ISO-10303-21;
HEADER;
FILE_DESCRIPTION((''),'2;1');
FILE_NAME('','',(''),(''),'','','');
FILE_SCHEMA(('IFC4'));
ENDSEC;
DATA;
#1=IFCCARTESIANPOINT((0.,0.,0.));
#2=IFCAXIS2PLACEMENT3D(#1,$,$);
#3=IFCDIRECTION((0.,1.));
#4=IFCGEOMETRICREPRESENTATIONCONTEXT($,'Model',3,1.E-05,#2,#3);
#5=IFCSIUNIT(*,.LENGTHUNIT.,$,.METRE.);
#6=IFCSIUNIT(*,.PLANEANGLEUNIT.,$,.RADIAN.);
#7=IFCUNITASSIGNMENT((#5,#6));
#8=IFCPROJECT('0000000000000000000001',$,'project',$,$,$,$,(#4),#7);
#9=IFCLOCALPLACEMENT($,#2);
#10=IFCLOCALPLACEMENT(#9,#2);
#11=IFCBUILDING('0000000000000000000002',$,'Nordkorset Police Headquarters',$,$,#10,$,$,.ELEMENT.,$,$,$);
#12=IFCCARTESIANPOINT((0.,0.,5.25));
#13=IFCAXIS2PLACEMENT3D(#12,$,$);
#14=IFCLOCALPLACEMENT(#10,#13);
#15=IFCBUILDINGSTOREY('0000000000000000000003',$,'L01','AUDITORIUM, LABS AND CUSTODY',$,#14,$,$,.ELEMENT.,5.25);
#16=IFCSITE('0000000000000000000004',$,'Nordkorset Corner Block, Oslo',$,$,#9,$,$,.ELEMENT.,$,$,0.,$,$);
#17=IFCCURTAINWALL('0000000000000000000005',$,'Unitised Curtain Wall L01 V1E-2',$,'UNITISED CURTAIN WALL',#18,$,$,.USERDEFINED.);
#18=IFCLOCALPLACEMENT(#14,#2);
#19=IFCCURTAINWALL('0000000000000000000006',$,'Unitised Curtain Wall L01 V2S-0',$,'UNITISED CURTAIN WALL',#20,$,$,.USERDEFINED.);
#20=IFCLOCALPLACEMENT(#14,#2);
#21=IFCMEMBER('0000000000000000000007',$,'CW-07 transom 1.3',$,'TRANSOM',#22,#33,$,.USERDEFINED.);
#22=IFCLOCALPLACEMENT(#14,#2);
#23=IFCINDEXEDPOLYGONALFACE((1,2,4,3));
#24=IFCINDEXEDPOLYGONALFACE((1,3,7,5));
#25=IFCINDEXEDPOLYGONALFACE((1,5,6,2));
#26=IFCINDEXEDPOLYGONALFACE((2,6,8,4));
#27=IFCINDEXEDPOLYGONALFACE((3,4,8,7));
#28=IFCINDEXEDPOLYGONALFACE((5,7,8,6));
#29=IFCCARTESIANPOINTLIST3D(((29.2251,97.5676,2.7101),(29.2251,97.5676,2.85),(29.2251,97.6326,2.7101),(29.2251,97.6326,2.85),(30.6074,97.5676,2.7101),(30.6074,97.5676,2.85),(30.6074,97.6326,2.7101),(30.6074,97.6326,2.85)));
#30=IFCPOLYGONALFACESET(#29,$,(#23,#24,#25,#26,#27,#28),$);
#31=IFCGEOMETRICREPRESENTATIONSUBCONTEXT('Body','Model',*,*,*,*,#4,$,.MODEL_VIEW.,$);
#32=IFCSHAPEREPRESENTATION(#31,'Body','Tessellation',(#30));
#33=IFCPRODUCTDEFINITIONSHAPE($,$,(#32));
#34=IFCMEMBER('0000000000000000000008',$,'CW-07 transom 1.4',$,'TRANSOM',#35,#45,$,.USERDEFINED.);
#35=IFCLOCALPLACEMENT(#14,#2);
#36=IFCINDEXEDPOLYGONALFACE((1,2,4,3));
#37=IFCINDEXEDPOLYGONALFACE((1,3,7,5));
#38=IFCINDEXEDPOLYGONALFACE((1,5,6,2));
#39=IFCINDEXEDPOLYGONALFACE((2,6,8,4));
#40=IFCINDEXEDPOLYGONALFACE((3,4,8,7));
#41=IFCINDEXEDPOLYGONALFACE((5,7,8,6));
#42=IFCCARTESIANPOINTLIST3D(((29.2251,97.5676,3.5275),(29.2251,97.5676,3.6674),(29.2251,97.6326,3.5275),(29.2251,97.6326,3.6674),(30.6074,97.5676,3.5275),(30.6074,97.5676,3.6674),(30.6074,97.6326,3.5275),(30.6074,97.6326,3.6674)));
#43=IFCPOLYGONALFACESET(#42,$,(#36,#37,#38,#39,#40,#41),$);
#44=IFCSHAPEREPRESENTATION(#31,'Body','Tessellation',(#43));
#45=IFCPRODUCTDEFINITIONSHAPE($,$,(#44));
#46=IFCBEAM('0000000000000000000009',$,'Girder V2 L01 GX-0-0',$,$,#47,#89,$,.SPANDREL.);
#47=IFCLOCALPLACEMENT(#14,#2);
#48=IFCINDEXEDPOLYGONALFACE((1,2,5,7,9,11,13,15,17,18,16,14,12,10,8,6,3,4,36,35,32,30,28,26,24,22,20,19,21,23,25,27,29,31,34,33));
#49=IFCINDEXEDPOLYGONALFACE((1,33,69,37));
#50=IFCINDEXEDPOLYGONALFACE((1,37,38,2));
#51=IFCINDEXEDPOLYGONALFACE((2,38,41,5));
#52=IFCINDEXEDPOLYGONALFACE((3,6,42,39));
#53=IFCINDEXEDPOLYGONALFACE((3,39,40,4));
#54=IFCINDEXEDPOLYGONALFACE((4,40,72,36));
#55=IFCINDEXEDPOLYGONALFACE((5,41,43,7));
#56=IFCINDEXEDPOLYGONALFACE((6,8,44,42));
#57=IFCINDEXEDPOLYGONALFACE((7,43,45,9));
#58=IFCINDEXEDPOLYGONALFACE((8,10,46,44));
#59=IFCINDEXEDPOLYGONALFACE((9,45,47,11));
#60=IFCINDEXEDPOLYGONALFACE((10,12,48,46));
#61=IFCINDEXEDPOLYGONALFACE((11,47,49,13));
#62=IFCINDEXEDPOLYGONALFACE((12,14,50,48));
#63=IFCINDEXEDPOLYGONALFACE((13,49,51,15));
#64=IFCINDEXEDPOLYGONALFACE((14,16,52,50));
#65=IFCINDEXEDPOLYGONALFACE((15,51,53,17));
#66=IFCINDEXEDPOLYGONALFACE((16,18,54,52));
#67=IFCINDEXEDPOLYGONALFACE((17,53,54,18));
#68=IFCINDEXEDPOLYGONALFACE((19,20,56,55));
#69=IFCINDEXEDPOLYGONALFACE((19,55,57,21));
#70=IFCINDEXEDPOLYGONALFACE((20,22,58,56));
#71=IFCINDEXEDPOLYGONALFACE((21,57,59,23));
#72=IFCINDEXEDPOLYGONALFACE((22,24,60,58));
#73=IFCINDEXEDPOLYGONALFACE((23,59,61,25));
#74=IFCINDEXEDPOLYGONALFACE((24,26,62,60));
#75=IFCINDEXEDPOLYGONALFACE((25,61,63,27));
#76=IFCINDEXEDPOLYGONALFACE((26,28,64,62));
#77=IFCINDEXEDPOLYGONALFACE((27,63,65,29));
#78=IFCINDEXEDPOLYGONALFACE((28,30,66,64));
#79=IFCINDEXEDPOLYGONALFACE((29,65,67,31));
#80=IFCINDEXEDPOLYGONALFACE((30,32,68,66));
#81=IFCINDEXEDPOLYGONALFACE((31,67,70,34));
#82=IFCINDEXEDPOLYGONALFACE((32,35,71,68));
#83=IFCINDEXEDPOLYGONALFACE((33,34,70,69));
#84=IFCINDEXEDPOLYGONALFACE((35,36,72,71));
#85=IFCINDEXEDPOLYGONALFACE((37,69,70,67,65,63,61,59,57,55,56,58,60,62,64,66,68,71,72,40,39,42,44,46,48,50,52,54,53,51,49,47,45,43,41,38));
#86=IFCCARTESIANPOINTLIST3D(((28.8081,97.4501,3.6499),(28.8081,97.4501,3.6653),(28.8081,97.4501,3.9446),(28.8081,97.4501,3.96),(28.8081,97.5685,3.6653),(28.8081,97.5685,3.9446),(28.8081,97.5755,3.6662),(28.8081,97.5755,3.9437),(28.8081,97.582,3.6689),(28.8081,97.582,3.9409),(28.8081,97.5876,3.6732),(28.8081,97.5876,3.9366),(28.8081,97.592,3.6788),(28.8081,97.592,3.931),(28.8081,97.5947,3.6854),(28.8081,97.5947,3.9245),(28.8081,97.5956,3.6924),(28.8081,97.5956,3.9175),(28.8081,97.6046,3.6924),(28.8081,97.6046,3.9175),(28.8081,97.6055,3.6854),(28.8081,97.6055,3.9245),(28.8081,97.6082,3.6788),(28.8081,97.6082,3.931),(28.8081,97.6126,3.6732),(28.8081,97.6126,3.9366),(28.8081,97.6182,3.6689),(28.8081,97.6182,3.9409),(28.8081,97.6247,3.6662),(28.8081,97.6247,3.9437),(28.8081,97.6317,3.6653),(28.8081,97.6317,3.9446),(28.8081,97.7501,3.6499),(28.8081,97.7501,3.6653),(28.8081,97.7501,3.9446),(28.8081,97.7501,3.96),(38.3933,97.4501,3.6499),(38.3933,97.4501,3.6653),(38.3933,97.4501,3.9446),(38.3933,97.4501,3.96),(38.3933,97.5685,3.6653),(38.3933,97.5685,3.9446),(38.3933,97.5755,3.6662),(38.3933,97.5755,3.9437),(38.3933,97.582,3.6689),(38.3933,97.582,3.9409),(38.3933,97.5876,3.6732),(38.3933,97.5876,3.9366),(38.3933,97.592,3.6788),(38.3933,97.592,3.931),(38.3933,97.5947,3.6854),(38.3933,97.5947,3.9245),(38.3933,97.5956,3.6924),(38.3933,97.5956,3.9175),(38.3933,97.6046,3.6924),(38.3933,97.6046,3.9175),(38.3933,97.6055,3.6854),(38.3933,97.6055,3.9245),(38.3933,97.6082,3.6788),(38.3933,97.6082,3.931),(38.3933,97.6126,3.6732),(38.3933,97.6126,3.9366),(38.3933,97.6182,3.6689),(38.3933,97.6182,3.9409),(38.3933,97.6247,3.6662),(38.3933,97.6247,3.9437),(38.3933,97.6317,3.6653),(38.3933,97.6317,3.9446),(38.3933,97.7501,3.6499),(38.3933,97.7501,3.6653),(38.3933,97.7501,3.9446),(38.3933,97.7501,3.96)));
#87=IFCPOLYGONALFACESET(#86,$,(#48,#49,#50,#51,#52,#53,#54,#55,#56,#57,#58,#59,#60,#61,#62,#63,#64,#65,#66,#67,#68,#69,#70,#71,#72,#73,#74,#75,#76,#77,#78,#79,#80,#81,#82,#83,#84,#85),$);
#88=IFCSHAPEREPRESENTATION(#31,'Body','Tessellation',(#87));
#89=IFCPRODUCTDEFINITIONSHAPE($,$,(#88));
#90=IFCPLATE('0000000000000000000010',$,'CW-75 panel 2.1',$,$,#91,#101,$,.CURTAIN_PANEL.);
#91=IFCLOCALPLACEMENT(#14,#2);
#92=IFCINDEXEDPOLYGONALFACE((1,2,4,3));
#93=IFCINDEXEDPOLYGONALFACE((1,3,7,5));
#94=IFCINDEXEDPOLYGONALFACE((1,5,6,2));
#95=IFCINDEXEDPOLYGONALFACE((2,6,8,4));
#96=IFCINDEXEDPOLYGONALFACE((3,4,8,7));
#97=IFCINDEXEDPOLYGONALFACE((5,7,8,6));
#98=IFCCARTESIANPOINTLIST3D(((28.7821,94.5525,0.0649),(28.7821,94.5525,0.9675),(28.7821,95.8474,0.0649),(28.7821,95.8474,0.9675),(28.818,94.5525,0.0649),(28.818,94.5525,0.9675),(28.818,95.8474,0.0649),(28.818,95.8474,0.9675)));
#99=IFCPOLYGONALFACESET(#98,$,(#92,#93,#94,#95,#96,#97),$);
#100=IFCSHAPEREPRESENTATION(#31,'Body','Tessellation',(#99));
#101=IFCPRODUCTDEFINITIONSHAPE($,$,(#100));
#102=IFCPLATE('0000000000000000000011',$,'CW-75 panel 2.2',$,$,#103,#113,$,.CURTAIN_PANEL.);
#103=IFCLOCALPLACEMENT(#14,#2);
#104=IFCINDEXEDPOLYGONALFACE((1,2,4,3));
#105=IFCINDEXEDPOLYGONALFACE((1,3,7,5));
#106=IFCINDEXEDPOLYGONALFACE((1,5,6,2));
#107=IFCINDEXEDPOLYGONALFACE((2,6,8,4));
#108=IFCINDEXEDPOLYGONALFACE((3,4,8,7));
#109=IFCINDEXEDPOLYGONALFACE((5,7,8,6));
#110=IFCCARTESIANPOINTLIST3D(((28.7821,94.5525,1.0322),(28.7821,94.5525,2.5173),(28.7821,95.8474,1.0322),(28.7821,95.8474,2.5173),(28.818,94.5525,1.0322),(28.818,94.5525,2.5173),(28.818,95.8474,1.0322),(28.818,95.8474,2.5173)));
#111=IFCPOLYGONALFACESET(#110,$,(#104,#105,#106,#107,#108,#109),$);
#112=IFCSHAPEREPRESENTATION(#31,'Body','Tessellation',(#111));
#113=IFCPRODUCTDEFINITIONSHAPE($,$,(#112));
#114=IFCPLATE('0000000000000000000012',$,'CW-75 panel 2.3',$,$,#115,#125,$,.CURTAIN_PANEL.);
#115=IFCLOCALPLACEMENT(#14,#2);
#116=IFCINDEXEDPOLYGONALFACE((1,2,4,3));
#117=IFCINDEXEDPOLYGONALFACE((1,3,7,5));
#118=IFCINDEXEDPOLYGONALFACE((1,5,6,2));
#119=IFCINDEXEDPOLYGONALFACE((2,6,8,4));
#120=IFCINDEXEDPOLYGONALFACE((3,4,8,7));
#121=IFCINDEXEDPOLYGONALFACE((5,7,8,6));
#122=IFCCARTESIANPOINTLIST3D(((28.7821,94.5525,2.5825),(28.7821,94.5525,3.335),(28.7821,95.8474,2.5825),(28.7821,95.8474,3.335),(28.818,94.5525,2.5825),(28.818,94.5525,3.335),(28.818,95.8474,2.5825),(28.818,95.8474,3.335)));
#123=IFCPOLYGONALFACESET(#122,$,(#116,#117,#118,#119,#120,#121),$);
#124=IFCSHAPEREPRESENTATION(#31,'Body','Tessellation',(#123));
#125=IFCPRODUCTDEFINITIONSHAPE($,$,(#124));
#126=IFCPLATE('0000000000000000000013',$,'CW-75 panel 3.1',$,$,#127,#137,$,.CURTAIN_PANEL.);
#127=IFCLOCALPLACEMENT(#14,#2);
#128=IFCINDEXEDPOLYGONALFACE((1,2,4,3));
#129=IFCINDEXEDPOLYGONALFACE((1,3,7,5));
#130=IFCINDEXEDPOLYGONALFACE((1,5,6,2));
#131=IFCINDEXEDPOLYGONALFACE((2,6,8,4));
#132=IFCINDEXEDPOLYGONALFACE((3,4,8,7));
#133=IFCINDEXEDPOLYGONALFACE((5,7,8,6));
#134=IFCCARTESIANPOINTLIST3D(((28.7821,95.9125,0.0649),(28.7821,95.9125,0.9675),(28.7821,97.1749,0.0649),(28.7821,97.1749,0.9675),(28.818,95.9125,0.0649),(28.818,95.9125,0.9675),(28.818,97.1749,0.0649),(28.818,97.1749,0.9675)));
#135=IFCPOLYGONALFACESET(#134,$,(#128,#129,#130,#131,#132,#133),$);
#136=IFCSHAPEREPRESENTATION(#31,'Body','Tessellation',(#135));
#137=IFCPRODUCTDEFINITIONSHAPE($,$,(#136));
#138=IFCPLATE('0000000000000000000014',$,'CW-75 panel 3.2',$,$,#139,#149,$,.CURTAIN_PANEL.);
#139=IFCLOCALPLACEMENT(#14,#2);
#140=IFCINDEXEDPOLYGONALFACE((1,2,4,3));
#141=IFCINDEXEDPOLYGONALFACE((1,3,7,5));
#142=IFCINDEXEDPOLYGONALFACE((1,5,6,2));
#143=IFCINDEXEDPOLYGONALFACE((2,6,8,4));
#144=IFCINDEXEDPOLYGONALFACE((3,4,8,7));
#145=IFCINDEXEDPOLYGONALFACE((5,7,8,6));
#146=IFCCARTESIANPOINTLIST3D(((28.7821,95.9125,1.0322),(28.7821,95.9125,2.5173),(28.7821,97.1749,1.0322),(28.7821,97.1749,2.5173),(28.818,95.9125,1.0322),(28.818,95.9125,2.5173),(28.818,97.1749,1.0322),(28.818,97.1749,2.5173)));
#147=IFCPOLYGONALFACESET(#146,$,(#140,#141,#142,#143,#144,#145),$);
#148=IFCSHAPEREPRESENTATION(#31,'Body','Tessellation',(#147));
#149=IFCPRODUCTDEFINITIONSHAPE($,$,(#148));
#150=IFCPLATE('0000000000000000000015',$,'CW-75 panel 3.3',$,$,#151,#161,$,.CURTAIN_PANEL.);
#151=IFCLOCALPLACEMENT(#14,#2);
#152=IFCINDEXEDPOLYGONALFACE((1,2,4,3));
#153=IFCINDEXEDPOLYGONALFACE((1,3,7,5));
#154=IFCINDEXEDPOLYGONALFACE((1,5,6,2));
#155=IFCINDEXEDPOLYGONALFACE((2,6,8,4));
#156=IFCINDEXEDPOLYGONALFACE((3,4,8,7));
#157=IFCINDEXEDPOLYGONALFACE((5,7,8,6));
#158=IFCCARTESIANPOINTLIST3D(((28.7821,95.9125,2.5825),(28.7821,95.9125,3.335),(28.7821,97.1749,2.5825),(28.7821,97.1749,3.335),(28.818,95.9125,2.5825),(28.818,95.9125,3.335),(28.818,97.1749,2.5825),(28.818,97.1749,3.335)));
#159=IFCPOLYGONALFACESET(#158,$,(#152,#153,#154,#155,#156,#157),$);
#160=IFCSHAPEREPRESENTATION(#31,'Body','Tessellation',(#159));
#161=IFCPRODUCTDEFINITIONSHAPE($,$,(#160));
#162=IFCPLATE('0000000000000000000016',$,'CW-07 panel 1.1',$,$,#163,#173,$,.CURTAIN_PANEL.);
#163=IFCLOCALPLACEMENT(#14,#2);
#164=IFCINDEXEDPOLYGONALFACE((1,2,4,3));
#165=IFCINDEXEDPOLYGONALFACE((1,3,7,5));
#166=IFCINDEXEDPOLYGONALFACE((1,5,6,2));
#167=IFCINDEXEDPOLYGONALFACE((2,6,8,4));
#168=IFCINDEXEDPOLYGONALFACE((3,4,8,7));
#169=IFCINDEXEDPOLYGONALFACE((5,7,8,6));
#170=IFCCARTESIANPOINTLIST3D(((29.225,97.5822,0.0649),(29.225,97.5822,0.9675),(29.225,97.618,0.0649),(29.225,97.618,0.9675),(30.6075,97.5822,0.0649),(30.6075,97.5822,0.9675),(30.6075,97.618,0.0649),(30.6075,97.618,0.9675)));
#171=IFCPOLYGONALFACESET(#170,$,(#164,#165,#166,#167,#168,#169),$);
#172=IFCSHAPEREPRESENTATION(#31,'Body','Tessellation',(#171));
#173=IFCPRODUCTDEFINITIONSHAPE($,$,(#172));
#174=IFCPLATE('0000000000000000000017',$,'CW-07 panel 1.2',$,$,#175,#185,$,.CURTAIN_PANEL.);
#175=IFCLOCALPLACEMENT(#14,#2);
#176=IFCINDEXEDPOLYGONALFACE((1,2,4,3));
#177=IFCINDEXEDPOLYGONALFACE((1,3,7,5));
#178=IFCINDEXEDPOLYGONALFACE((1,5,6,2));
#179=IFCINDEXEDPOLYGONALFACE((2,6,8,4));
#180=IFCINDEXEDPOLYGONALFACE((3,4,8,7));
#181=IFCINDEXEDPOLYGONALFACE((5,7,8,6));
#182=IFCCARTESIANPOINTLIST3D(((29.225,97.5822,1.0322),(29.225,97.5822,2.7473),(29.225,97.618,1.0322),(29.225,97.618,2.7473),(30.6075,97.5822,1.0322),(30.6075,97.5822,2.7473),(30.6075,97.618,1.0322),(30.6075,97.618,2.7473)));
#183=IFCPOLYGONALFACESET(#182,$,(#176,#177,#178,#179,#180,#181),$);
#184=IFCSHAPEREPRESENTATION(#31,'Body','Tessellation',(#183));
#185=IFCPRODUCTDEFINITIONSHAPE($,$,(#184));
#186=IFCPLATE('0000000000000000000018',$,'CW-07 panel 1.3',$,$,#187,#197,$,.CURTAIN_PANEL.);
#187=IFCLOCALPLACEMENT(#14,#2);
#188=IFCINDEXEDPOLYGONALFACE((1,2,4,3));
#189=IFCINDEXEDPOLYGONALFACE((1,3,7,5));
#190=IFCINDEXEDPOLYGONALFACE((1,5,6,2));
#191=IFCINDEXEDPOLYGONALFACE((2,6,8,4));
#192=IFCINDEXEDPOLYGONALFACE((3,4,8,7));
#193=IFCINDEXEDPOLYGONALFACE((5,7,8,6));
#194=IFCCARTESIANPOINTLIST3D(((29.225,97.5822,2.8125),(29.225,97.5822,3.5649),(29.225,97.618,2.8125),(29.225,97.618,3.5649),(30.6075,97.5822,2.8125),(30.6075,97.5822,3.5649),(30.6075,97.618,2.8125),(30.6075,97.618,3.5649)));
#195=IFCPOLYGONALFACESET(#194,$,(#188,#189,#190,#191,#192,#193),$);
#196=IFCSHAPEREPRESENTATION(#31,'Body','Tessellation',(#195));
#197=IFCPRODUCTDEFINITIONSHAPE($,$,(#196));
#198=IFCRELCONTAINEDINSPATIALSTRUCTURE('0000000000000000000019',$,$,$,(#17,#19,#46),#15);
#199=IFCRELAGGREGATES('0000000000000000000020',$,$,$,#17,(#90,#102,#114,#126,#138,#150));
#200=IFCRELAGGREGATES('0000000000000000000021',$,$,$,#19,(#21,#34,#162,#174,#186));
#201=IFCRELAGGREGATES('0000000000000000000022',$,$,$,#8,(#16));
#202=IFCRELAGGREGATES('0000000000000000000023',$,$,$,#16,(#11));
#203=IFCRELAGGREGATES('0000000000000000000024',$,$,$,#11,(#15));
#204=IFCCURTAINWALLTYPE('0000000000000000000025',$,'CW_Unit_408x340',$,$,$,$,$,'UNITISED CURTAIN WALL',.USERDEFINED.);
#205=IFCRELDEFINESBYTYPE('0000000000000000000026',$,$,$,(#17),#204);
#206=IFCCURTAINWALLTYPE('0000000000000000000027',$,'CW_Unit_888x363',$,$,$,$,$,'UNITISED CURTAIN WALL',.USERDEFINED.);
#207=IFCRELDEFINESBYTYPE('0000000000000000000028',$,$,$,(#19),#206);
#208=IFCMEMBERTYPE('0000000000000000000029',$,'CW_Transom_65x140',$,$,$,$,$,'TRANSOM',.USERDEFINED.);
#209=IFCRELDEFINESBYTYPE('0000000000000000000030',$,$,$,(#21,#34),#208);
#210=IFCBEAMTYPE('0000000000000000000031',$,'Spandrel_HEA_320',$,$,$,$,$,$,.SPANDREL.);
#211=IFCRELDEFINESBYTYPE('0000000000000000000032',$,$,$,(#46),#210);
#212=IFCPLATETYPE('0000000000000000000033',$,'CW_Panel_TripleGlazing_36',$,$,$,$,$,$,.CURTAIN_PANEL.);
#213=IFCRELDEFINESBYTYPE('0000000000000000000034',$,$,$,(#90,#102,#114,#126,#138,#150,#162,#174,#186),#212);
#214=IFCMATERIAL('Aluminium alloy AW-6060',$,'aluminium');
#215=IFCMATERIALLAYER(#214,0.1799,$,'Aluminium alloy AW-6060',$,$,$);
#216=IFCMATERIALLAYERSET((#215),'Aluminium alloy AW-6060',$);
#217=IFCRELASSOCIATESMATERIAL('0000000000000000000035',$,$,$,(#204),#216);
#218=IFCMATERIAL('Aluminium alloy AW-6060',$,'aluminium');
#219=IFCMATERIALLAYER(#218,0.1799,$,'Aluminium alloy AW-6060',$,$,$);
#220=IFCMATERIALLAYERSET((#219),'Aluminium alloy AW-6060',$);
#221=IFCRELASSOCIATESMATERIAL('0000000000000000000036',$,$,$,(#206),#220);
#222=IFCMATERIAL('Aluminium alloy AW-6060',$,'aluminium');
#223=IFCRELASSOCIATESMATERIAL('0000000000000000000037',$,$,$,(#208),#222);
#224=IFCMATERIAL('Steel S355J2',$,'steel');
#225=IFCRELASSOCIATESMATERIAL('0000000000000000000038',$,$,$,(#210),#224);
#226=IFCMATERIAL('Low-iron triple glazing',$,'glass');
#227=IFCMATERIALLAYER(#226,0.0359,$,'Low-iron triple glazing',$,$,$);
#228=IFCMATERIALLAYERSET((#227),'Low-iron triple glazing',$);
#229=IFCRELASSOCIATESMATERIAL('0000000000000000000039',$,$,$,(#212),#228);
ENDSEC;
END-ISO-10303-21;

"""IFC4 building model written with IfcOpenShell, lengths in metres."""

from ifc_helpers import new_model, si_unit, direction, frame, origin, origin_2d, place, context, subcontext, project, spatial, rectangle, i_section, extrude, material, layer, layer_set, material_profile, profile_set, type_object, element, aggregate, save


model = new_model("IFC4")

# Units and contexts
model_context = context("Model", 3, precision=1e-05, world=origin(), true_north=direction((0.0, 1.0)))
body_context = subcontext(model_context, "Body", "Model", "MODEL_VIEW")
ifc_project = project(units=[si_unit("LENGTHUNIT", "METRE"), si_unit("PLANEANGLEUNIT", "RADIAN")], contexts=[model_context])

# Site, building, storey
site_placement = place(None, origin())
site = spatial("IfcSite", under=ifc_project, at=site_placement, Name="Nordkorset Corner Block, Oslo", CompositionType="ELEMENT", RefElevation=0.0)
building_placement = place(site_placement, origin())
building = spatial("IfcBuilding", under=site, at=building_placement, Name="Nordkorset Police Headquarters", CompositionType="ELEMENT")
storey_placement = place(building_placement, frame((0.0, 0.0, 5.25)))
storey = spatial("IfcBuildingStorey", under=building, at=storey_placement, Name="L01", Description="AUDITORIUM, LABS AND CUSTODY", CompositionType="ELEMENT", Elevation=5.25)

# Curtain walls
ifc_material_1 = material(Name="Aluminium alloy AW-6060", Category="aluminium")
ifc_layer_1 = layer(ifc_material_1, 0.1799, Name="Aluminium alloy AW-6060")
ifc_layer_set_1 = layer_set([ifc_layer_1], Name="Aluminium alloy AW-6060")
curtain_wall_type_1 = type_object("IfcCurtainWallType", Name="CW_Unit_408x340", ElementType="UNITISED CURTAIN WALL", PredefinedType="USERDEFINED", material=ifc_layer_set_1)
curtain_wall_1_placement = place(storey_placement, origin())
curtain_wall_1 = element("IfcCurtainWall", 1, at=curtain_wall_1_placement, inside=storey, type_object=curtain_wall_type_1, Name="Unitised Curtain Wall L01 V1E-2", ObjectType="UNITISED CURTAIN WALL", PredefinedType="USERDEFINED")
ifc_material_2 = material(Name="Aluminium alloy AW-6060", Category="aluminium")
ifc_layer_2 = layer(ifc_material_2, 0.1799, Name="Aluminium alloy AW-6060")
ifc_layer_set_2 = layer_set([ifc_layer_2], Name="Aluminium alloy AW-6060")
curtain_wall_type_2 = type_object("IfcCurtainWallType", Name="CW_Unit_888x363", ElementType="UNITISED CURTAIN WALL", PredefinedType="USERDEFINED", material=ifc_layer_set_2)
curtain_wall_2_placement = place(storey_placement, origin())
curtain_wall_2 = element("IfcCurtainWall", 2, at=curtain_wall_2_placement, inside=storey, type_object=curtain_wall_type_2, Name="Unitised Curtain Wall L01 V2S-0", ObjectType="UNITISED CURTAIN WALL", PredefinedType="USERDEFINED")

# Members
ifc_material_3 = material(Name="Aluminium alloy AW-6060", Category="aluminium")
ifc_material_profile_1 = material_profile(ifc_material_3, rectangle(XDim=0.0649, YDim=0.1399, at=origin_2d()), Name="ALU TRAN 65x140")
ifc_profile_set_1 = profile_set([ifc_material_profile_1], Name="Aluminium alloy AW-6060")
member_type_1 = type_object("IfcMemberType", Name="CW_Transom_65x140", ElementType="TRANSOM", PredefinedType="USERDEFINED", material=ifc_profile_set_1)
member_1_placement = place(storey_placement, frame((29.2251, 97.6001, 2.78), z_axis=(1.0, 0.0, 0.0), x_axis=(0.0, 1.0, 0.0)))
member_1 = element("IfcMember", 3, at=member_1_placement, type_object=member_type_1, Name="CW-07 transom 1.3", ObjectType="TRANSOM", PredefinedType="USERDEFINED", context=body_context, shape_type="SweptSolid", body=[
    extrude(rectangle(XDim=0.0649, YDim=0.1399, at=origin_2d()), origin(), (0.0, 0.0, 1.0), 1.3823),
])
member_2_placement = place(storey_placement, frame((29.2251, 97.6001, 3.5974), z_axis=(1.0, 0.0, 0.0), x_axis=(0.0, 1.0, 0.0)))
member_2 = element("IfcMember", 4, at=member_2_placement, type_object=member_type_1, Name="CW-07 transom 1.4", ObjectType="TRANSOM", PredefinedType="USERDEFINED", context=body_context, shape_type="SweptSolid", body=[
    extrude(rectangle(XDim=0.0649, YDim=0.1399, at=origin_2d()), origin(), (0.0, 0.0, 1.0), 1.3823),
])

# Beam
ifc_material_4 = material(Name="Steel S355J2", Category="steel")
ifc_material_profile_2 = material_profile(ifc_material_4, i_section(OverallWidth=0.3, OverallDepth=0.3101, WebThickness=0.009, FlangeThickness=0.0154, FilletRadius=0.0271, at=origin_2d()), Name="HEA 320")
ifc_profile_set_2 = profile_set([ifc_material_profile_2], Name="Steel S355J2")
beam_type = type_object("IfcBeamType", Name="Spandrel_HEA_320", PredefinedType="SPANDREL", material=ifc_profile_set_2)
beam_placement = place(storey_placement, frame((28.8081, 97.6001, 3.8049), z_axis=(1.0, 0.0, 0.0), x_axis=(0.0, 1.0, 0.0)))
element("IfcBeam", 5, at=beam_placement, inside=storey, type_object=beam_type, Name="Girder V2 L01 GX-0-0", PredefinedType="SPANDREL", context=body_context, shape_type="SweptSolid", body=[
    extrude(i_section(OverallWidth=0.3, OverallDepth=0.3101, WebThickness=0.009, FlangeThickness=0.0154, FilletRadius=0.0271, at=origin_2d()), origin(), (0.0, 0.0, 1.0), 9.5852),
])

# Plates
ifc_material_5 = material(Name="Low-iron triple glazing", Category="glass")
ifc_layer_3 = layer(ifc_material_5, 0.0359, Name="Low-iron triple glazing")
ifc_layer_set_3 = layer_set([ifc_layer_3], Name="Low-iron triple glazing")
plate_type = type_object("IfcPlateType", Name="CW_Panel_TripleGlazing_36", PredefinedType="CURTAIN_PANEL", material=ifc_layer_set_3)
plate_1_placement = place(storey_placement, frame((28.8, 95.2, 0.0649), z_axis=(0.0, 0.0, 1.0), x_axis=(0.0, 1.0, 0.0)))
plate_1 = element("IfcPlate", 6, at=plate_1_placement, type_object=plate_type, Name="CW-75 panel 2.1", PredefinedType="CURTAIN_PANEL", context=body_context, shape_type="SweptSolid", body=[
    extrude(rectangle(XDim=1.2949, YDim=0.0359, at=origin_2d()), origin(), (0.0, 0.0, 1.0), 0.9026),
])
plate_2_placement = place(storey_placement, frame((28.8, 95.2, 1.0322), z_axis=(0.0, 0.0, 1.0), x_axis=(0.0, 1.0, 0.0)))
plate_2 = element("IfcPlate", 7, at=plate_2_placement, type_object=plate_type, Name="CW-75 panel 2.2", PredefinedType="CURTAIN_PANEL", context=body_context, shape_type="SweptSolid", body=[
    extrude(rectangle(XDim=1.2949, YDim=0.0359, at=origin_2d()), origin(), (0.0, 0.0, 1.0), 1.4851),
])
plate_3_placement = place(storey_placement, frame((28.8, 95.2, 2.5825), z_axis=(0.0, 0.0, 1.0), x_axis=(0.0, 1.0, 0.0)))
plate_3 = element("IfcPlate", 8, at=plate_3_placement, type_object=plate_type, Name="CW-75 panel 2.3", PredefinedType="CURTAIN_PANEL", context=body_context, shape_type="SweptSolid", body=[
    extrude(rectangle(XDim=1.2949, YDim=0.0359, at=origin_2d()), origin(), (0.0, 0.0, 1.0), 0.7524),
])
plate_4_placement = place(storey_placement, frame((28.8, 96.5437, 0.0649), z_axis=(0.0, 0.0, 1.0), x_axis=(0.0, 1.0, 0.0)))
plate_4 = element("IfcPlate", 9, at=plate_4_placement, type_object=plate_type, Name="CW-75 panel 3.1", PredefinedType="CURTAIN_PANEL", context=body_context, shape_type="SweptSolid", body=[
    extrude(rectangle(XDim=1.2625, YDim=0.0359, at=origin_2d()), origin(), (0.0, 0.0, 1.0), 0.9026),
])
plate_5_placement = place(storey_placement, frame((28.8, 96.5437, 1.0322), z_axis=(0.0, 0.0, 1.0), x_axis=(0.0, 1.0, 0.0)))
plate_5 = element("IfcPlate", 10, at=plate_5_placement, type_object=plate_type, Name="CW-75 panel 3.2", PredefinedType="CURTAIN_PANEL", context=body_context, shape_type="SweptSolid", body=[
    extrude(rectangle(XDim=1.2625, YDim=0.0359, at=origin_2d()), origin(), (0.0, 0.0, 1.0), 1.4851),
])
plate_6_placement = place(storey_placement, frame((28.8, 96.5437, 2.5825), z_axis=(0.0, 0.0, 1.0), x_axis=(0.0, 1.0, 0.0)))
plate_6 = element("IfcPlate", 11, at=plate_6_placement, type_object=plate_type, Name="CW-75 panel 3.3", PredefinedType="CURTAIN_PANEL", context=body_context, shape_type="SweptSolid", body=[
    extrude(rectangle(XDim=1.2625, YDim=0.0359, at=origin_2d()), origin(), (0.0, 0.0, 1.0), 0.7524),
])
aggregate(curtain_wall_1, [plate_1, plate_2, plate_3, plate_4, plate_5, plate_6])
plate_7_placement = place(storey_placement, frame((29.9163, 97.6001, 0.0649), z_axis=(0.0, 0.0, 1.0), x_axis=(1.0, 0.0, 0.0)))
plate_7 = element("IfcPlate", 12, at=plate_7_placement, type_object=plate_type, Name="CW-07 panel 1.1", PredefinedType="CURTAIN_PANEL", context=body_context, shape_type="SweptSolid", body=[
    extrude(rectangle(XDim=1.3826, YDim=0.0359, at=origin_2d()), origin(), (0.0, 0.0, 1.0), 0.9026),
])
plate_8_placement = place(storey_placement, frame((29.9163, 97.6001, 1.0322), z_axis=(0.0, 0.0, 1.0), x_axis=(1.0, 0.0, 0.0)))
plate_8 = element("IfcPlate", 13, at=plate_8_placement, type_object=plate_type, Name="CW-07 panel 1.2", PredefinedType="CURTAIN_PANEL", context=body_context, shape_type="SweptSolid", body=[
    extrude(rectangle(XDim=1.3826, YDim=0.0359, at=origin_2d()), origin(), (0.0, 0.0, 1.0), 1.7151),
])
plate_9_placement = place(storey_placement, frame((29.9163, 97.6001, 2.8125), z_axis=(0.0, 0.0, 1.0), x_axis=(1.0, 0.0, 0.0)))
plate_9 = element("IfcPlate", 14, at=plate_9_placement, type_object=plate_type, Name="CW-07 panel 1.3", PredefinedType="CURTAIN_PANEL", context=body_context, shape_type="SweptSolid", body=[
    extrude(rectangle(XDim=1.3826, YDim=0.0359, at=origin_2d()), origin(), (0.0, 0.0, 1.0), 0.7524),
])
aggregate(curtain_wall_2, [member_1, member_2, plate_7, plate_8, plate_9])

save(model, "model.ifc")
